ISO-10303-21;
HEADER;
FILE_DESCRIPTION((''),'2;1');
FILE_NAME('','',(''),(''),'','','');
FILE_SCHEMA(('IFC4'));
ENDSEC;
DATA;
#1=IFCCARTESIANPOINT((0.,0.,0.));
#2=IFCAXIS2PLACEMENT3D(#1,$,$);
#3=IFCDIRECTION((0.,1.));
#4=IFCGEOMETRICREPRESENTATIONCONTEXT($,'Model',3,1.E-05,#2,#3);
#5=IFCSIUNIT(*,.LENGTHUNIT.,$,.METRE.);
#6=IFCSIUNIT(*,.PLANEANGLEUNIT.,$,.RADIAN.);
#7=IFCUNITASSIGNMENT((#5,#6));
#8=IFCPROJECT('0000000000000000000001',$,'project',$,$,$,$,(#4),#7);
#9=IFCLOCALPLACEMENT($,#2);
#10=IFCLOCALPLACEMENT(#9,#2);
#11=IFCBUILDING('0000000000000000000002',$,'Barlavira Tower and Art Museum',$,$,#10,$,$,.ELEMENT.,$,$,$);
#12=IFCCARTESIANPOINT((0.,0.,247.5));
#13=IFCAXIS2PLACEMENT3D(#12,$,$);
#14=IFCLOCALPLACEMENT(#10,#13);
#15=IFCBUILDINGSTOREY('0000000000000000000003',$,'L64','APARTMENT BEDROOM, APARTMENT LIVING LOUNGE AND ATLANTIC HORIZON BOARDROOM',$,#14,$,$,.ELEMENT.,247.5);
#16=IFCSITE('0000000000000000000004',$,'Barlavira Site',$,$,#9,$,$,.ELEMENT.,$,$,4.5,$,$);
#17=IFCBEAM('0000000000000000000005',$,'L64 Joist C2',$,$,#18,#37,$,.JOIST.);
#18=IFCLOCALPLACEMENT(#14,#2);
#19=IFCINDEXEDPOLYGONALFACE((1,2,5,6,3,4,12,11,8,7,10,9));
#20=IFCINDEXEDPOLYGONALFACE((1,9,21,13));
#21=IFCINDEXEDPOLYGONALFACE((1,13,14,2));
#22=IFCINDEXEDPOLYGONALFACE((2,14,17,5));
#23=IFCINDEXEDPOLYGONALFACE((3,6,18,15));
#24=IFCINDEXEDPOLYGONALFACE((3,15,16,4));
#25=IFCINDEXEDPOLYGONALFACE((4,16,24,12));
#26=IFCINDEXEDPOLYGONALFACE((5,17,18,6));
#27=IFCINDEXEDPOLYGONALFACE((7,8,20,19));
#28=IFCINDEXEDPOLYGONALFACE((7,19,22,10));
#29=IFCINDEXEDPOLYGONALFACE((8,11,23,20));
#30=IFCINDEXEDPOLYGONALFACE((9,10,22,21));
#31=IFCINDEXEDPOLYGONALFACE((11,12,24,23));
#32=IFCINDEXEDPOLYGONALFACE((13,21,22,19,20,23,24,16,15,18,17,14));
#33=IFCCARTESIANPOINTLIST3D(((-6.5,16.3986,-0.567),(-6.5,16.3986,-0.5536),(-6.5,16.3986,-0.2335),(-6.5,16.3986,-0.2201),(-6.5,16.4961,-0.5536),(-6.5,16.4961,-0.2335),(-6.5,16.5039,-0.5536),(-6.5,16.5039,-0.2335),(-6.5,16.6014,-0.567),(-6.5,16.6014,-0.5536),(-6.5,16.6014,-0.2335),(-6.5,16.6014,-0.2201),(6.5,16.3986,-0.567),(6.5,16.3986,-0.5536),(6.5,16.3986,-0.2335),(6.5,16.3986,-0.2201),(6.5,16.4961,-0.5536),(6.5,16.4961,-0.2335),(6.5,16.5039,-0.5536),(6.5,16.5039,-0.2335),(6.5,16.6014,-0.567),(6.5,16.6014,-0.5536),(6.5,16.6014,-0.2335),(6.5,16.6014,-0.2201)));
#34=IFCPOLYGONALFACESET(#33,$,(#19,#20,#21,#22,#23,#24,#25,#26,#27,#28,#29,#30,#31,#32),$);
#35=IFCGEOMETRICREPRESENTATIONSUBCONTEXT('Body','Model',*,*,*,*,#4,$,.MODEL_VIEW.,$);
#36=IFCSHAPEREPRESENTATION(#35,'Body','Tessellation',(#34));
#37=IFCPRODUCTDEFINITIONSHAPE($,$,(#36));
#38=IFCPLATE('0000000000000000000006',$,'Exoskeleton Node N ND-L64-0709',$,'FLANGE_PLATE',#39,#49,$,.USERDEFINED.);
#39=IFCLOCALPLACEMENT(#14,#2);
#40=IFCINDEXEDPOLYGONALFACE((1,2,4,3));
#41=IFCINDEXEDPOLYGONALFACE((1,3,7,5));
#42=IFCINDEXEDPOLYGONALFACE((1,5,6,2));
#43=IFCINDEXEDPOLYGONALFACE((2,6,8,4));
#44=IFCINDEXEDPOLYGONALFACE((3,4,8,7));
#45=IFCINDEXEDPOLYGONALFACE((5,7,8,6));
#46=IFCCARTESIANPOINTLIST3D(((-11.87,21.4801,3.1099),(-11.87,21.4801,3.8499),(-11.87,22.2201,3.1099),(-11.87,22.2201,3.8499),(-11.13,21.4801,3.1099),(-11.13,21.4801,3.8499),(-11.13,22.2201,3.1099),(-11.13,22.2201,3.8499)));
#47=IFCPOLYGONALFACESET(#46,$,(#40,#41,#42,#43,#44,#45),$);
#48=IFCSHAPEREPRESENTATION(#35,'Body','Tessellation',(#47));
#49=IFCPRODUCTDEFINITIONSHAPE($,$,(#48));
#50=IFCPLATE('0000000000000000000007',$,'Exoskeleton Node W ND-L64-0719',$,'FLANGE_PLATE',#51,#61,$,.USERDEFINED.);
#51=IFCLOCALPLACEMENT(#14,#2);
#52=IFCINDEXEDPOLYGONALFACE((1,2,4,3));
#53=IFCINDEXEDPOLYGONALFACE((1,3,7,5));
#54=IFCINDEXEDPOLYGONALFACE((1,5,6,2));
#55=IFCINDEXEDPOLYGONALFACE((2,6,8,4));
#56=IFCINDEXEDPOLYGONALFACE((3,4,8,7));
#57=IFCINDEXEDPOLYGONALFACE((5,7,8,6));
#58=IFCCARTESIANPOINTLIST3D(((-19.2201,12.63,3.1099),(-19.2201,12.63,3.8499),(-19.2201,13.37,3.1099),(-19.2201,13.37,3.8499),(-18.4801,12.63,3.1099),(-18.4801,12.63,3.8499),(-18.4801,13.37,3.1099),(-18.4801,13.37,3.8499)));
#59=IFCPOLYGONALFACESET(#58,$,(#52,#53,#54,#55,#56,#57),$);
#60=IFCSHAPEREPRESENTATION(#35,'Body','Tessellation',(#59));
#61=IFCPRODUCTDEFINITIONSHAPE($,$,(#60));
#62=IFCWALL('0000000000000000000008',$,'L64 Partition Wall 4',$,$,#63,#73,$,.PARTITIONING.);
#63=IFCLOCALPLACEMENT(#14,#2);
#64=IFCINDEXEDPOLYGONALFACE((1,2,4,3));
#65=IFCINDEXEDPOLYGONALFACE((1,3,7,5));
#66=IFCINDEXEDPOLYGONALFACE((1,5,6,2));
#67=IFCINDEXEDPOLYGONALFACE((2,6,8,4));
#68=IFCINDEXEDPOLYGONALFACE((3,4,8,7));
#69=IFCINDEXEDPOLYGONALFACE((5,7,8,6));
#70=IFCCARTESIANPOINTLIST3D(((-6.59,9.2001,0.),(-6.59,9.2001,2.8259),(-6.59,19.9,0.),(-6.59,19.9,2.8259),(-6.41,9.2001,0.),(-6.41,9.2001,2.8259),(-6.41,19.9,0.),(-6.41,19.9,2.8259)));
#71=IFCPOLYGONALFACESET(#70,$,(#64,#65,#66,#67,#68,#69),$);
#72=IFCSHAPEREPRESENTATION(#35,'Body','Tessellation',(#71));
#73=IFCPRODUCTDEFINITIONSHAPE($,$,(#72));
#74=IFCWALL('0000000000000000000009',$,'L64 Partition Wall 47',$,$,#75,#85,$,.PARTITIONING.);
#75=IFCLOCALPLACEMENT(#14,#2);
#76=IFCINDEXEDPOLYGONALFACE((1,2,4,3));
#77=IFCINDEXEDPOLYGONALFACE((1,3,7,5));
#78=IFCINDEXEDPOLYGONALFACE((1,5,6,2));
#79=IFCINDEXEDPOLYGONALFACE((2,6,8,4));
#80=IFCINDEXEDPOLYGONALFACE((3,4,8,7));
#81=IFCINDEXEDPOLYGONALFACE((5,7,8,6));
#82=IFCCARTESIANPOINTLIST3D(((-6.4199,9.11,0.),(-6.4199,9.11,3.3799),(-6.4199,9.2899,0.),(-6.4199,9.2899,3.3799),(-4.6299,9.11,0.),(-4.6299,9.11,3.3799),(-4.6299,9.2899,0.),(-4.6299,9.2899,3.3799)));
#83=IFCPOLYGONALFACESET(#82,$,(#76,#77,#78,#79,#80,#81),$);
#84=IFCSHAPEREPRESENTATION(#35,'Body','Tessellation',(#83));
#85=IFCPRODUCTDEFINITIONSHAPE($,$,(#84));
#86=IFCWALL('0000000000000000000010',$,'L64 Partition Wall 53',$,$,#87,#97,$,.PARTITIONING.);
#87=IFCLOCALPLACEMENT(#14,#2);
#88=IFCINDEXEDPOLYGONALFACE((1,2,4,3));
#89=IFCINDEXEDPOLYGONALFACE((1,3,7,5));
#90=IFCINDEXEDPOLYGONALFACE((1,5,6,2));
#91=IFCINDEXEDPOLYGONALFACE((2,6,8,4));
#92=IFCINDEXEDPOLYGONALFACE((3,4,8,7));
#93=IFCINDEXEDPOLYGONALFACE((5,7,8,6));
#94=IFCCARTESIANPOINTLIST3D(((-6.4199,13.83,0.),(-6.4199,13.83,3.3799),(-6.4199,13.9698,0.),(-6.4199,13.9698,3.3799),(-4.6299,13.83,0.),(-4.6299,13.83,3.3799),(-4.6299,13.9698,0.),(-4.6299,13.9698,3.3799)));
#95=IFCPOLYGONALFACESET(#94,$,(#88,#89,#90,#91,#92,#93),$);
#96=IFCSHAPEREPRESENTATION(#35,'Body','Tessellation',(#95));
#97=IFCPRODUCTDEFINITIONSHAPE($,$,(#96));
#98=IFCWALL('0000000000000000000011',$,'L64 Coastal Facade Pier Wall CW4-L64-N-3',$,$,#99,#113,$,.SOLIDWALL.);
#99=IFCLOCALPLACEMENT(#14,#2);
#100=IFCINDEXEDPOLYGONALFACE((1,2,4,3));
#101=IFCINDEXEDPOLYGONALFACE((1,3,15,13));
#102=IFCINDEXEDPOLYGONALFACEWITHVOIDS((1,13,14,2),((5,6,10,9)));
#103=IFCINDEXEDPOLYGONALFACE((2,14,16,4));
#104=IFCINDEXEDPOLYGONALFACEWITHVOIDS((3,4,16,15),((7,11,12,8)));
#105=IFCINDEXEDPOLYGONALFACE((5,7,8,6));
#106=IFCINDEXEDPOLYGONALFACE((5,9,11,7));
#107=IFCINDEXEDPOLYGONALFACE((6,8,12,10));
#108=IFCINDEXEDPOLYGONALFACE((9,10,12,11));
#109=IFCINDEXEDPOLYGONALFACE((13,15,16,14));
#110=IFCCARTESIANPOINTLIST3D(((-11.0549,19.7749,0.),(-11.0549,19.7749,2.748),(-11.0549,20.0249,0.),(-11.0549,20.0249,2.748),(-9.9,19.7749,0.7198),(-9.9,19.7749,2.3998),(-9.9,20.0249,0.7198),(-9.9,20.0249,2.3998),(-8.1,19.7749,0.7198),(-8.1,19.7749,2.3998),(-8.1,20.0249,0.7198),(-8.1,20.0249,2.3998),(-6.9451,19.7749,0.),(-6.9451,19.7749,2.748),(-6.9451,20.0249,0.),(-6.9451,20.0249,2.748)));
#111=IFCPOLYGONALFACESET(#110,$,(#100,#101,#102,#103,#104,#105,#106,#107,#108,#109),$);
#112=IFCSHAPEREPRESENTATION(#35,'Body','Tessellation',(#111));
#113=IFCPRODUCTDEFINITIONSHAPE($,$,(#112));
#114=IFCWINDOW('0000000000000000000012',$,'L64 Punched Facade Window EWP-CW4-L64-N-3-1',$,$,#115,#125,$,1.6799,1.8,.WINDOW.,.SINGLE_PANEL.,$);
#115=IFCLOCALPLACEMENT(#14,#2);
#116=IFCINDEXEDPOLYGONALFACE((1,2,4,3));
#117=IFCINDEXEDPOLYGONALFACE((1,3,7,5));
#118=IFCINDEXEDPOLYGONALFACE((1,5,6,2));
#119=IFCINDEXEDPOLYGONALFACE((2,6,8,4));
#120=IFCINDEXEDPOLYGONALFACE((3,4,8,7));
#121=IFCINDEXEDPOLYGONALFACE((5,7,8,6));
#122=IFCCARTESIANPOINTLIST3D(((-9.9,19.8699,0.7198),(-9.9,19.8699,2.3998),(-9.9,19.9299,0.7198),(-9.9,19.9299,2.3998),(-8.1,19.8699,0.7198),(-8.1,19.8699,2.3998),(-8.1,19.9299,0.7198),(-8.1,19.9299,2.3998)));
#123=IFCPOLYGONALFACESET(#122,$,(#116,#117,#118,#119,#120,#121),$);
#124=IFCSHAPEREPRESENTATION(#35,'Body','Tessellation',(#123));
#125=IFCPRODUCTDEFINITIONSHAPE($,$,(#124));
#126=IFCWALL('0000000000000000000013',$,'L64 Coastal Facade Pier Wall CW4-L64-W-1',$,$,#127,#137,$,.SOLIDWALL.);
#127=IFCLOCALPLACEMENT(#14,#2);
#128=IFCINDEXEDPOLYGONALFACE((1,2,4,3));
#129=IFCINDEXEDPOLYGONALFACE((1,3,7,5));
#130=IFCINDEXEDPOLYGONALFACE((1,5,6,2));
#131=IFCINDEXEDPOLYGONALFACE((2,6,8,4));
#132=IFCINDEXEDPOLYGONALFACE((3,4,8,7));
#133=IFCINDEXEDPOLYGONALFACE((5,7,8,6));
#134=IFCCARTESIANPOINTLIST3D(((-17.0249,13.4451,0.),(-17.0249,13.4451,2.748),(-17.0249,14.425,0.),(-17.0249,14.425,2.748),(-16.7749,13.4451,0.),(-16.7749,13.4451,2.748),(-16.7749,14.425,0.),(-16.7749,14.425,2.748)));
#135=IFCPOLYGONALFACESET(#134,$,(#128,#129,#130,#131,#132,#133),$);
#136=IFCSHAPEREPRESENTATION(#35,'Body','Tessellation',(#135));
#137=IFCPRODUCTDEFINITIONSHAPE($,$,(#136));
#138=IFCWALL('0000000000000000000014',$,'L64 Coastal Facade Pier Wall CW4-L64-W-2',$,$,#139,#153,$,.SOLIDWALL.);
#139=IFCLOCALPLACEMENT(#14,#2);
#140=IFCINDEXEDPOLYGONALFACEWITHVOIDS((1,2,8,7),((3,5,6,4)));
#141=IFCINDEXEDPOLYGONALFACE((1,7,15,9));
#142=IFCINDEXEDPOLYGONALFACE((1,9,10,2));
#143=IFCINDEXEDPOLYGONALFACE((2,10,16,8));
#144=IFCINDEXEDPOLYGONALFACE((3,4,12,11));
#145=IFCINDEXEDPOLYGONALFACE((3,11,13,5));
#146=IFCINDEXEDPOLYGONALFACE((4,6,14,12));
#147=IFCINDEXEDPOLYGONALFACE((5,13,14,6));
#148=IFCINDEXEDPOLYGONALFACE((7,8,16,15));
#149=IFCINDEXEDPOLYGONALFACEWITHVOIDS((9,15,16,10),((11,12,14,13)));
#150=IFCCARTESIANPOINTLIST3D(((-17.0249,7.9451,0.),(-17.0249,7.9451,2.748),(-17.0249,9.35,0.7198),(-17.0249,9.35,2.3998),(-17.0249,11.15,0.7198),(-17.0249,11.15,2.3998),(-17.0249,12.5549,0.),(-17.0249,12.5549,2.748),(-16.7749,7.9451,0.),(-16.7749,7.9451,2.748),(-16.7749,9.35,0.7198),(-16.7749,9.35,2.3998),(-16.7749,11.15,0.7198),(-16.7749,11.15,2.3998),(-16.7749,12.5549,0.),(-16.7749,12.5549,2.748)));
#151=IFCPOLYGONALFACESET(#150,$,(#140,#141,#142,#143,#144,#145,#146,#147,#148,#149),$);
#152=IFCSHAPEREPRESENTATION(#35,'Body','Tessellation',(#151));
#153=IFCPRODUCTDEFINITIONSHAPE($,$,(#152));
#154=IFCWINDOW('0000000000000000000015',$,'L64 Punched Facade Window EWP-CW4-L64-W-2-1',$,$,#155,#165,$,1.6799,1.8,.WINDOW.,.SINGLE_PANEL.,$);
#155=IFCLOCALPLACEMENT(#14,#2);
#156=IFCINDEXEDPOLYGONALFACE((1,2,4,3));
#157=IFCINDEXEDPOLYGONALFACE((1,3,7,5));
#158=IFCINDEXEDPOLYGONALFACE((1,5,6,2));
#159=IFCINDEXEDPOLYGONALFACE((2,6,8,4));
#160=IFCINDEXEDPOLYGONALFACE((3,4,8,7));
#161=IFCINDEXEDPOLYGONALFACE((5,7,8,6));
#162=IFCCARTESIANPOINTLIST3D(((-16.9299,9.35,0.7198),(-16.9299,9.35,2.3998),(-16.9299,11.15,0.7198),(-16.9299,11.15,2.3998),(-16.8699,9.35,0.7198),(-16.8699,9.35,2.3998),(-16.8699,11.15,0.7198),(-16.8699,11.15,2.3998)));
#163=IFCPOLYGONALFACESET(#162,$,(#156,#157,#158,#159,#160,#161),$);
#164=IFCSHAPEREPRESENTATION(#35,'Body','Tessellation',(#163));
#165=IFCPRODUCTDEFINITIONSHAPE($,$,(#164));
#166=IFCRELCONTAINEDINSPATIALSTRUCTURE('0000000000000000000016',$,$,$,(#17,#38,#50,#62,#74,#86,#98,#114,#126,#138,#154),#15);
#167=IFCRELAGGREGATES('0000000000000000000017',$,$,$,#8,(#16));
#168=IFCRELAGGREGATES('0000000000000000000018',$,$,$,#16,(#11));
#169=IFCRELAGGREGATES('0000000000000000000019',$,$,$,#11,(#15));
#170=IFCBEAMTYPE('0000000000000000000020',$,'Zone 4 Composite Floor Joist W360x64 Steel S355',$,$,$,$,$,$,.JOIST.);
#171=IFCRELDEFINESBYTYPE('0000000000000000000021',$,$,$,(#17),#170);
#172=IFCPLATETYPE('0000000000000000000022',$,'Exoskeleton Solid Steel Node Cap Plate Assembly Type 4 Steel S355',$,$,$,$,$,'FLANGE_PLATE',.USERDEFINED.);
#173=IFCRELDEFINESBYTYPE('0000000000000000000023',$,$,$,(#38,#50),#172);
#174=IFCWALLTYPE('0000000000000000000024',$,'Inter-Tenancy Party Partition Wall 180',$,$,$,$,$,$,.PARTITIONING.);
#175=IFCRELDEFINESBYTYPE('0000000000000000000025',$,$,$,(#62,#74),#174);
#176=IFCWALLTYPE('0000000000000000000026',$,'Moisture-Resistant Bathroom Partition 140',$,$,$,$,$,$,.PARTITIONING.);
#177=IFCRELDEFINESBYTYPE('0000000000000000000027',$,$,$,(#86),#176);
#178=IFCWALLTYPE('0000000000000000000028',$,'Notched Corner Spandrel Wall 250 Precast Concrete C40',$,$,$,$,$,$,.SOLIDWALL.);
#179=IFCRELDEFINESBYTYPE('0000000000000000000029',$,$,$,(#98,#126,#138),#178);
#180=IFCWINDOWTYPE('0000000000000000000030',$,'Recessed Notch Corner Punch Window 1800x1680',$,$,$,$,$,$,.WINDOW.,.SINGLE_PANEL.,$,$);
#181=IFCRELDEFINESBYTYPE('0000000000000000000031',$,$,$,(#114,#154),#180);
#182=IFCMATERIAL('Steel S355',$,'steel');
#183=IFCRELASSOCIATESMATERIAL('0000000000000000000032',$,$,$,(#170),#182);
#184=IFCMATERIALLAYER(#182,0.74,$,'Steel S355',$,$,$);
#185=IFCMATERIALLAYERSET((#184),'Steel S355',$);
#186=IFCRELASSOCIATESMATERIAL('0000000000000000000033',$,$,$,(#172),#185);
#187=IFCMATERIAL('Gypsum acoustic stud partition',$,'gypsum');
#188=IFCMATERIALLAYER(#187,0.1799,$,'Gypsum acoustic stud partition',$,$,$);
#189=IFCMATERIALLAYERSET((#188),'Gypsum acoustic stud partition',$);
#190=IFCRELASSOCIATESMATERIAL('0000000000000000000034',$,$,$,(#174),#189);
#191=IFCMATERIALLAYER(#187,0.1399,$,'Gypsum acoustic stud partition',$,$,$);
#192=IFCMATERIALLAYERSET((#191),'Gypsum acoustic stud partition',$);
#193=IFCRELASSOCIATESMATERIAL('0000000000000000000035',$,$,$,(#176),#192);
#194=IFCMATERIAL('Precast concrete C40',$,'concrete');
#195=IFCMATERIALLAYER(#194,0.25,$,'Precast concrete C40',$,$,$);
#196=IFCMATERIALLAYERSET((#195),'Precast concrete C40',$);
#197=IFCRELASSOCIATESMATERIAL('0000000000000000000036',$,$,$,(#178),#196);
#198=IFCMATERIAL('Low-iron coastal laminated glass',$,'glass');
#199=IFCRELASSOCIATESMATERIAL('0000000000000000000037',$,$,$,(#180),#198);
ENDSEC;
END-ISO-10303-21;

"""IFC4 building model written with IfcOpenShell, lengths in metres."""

from ifc_helpers import new_model, si_unit, direction, frame, frame_2d, origin, origin_2d, place, context, subcontext, project, spatial, rectangle, i_section, extrude, material, layer, layer_set, material_profile, profile_set, type_object, element, fill, save


model = new_model("IFC4")

# Units and contexts
model_context = context("Model", 3, precision=1e-05, world=origin(), true_north=direction((0.0, 1.0)))
body_context = subcontext(model_context, "Body", "Model", "MODEL_VIEW")
ifc_project = project(units=[si_unit("LENGTHUNIT", "METRE"), si_unit("PLANEANGLEUNIT", "RADIAN")], contexts=[model_context])

# Site, building, storey
site_placement = place(None, origin())
site = spatial("IfcSite", under=ifc_project, at=site_placement, Name="Barlavira Site", CompositionType="ELEMENT", RefElevation=4.5)
building_placement = place(site_placement, origin())
building = spatial("IfcBuilding", under=site, at=building_placement, Name="Barlavira Tower and Art Museum", CompositionType="ELEMENT")
storey_placement = place(building_placement, frame((0.0, 0.0, 247.5)))
storey = spatial("IfcBuildingStorey", under=building, at=storey_placement, Name="L64", Description="APARTMENT BEDROOM, APARTMENT LIVING LOUNGE AND ATLANTIC HORIZON BOARDROOM", CompositionType="ELEMENT", Elevation=247.5)

# Beam
ifc_material_1 = material(Name="Steel S355", Category="steel")
ifc_material_profile_1 = material_profile(ifc_material_1, i_section(OverallWidth=0.2029, OverallDepth=0.3469, WebThickness=0.0078, FlangeThickness=0.0134, at=origin_2d()), Name="W360x64.0")
ifc_profile_set_1 = profile_set([ifc_material_profile_1], Name="Steel S355")
beam_type_1 = type_object("IfcBeamType", Name="Zone 4 Composite Floor Joist W360x64 Steel S355", PredefinedType="JOIST", material=ifc_profile_set_1)
beam_1_placement = place(storey_placement, frame((-6.5, 16.5, -0.3936), z_axis=(1.0, 0.0, 0.0), x_axis=(0.0, 1.0, 0.0)))
element("IfcBeam", 1, at=beam_1_placement, inside=storey, type_object=beam_type_1, Name="L64 Joist C2", PredefinedType="JOIST", context=body_context, shape_type="SweptSolid", body=[
    extrude(i_section(OverallWidth=0.2029, OverallDepth=0.3469, WebThickness=0.0078, FlangeThickness=0.0134, at=origin_2d()), origin(), (0.0, 0.0, 1.0), 13.0),
])

# Plates
ifc_layer_1 = layer(ifc_material_1, 0.74, Name="Steel S355")
ifc_layer_set_1 = layer_set([ifc_layer_1], Name="Steel S355")
plate_type = type_object("IfcPlateType", Name="Exoskeleton Solid Steel Node Cap Plate Assembly Type 4 Steel S355", ElementType="FLANGE_PLATE", PredefinedType="USERDEFINED", material=ifc_layer_set_1)
for number, where, z_axis, x_axis, name in (
    (2, (-11.5, 21.8501, 3.1099), (0.0, 0.0, 1.0), (1.0, 0.0, 0.0), "Exoskeleton Node N ND-L64-0709"),
    (3, (-18.8501, 13.0, 3.1099), (0.0, 0.0, 1.0), (1.0, 0.0, 0.0), "Exoskeleton Node W ND-L64-0719"),
):
    element("IfcPlate", number, at=place(storey_placement, frame(where, z_axis=z_axis, x_axis=x_axis)), inside=storey, type_object=plate_type, Name=name, ObjectType="FLANGE_PLATE", PredefinedType="USERDEFINED", context=body_context, shape_type="SweptSolid", body=[
        extrude(rectangle(XDim=0.74, YDim=0.74, at=origin_2d()), origin(), (0.0, 0.0, 1.0), 0.74),
    ])

# Walls
ifc_material_2 = material(Name="Gypsum acoustic stud partition", Category="gypsum")
ifc_layer_2 = layer(ifc_material_2, 0.1799, Name="Gypsum acoustic stud partition")
ifc_layer_set_2 = layer_set([ifc_layer_2], Name="Gypsum acoustic stud partition")
wall_type_1 = type_object("IfcWallType", Name="Inter-Tenancy Party Partition Wall 180", PredefinedType="PARTITIONING", material=ifc_layer_set_2)
wall_1_placement = place(storey_placement, frame((-6.5, 9.2, 0.0), z_axis=(0.0, 0.0, 1.0), x_axis=(0.0, 1.0, 0.0)))
element("IfcWall", 4, at=wall_1_placement, inside=storey, type_object=wall_type_1, Name="L64 Partition Wall 4", PredefinedType="PARTITIONING", context=body_context, shape_type="SweptSolid", body=[
    extrude(rectangle(XDim=10.7, YDim=0.1799, at=frame_2d((5.3501, 0.0))), origin(), (0.0, 0.0, 1.0), 2.8259),
])
wall_2_placement = place(storey_placement, frame((-6.4199, 9.2, 0.0), z_axis=(0.0, 0.0, 1.0), x_axis=(1.0, 0.0, 0.0)))
element("IfcWall", 5, at=wall_2_placement, inside=storey, type_object=wall_type_1, Name="L64 Partition Wall 47", PredefinedType="PARTITIONING", context=body_context, shape_type="SweptSolid", body=[
    extrude(rectangle(XDim=1.79, YDim=0.1799, at=frame_2d((0.895, 0.0))), origin(), (0.0, 0.0, 1.0), 3.3799),
])
ifc_layer_3 = layer(ifc_material_2, 0.1399, Name="Gypsum acoustic stud partition")
ifc_layer_set_3 = layer_set([ifc_layer_3], Name="Gypsum acoustic stud partition")
wall_type_2 = type_object("IfcWallType", Name="Moisture-Resistant Bathroom Partition 140", PredefinedType="PARTITIONING", material=ifc_layer_set_3)
wall_3_placement = place(storey_placement, frame((-6.4199, 13.8999, 0.0), z_axis=(0.0, 0.0, 1.0), x_axis=(1.0, 0.0, 0.0)))
element("IfcWall", 6, at=wall_3_placement, inside=storey, type_object=wall_type_2, Name="L64 Partition Wall 53", PredefinedType="PARTITIONING", context=body_context, shape_type="SweptSolid", body=[
    extrude(rectangle(XDim=1.79, YDim=0.1399, at=frame_2d((0.895, 0.0))), origin(), (0.0, 0.0, 1.0), 3.3799),
])

# Wall, opening, window
ifc_material_3 = material(Name="Precast concrete C40", Category="concrete")
ifc_layer_4 = layer(ifc_material_3, 0.25, Name="Precast concrete C40")
ifc_layer_set_4 = layer_set([ifc_layer_4], Name="Precast concrete C40")
wall_type_3 = type_object("IfcWallType", Name="Notched Corner Spandrel Wall 250 Precast Concrete C40", PredefinedType="SOLIDWALL", material=ifc_layer_set_4)
wall_4_placement = place(storey_placement, frame((-6.9451, 19.8999, 0.0), z_axis=(0.0, 0.0, 1.0), x_axis=(-1.0, 0.0, 0.0)))
wall_4 = element("IfcWall", 7, at=wall_4_placement, inside=storey, type_object=wall_type_3, Name="L64 Coastal Facade Pier Wall CW4-L64-N-3", PredefinedType="SOLIDWALL", context=body_context, shape_type="SweptSolid", body=[
    extrude(rectangle(XDim=4.1099, YDim=0.25, at=frame_2d((2.0549, 0.0))), origin(), (0.0, 0.0, 1.0), 2.748),
])
opening_1_placement = place(wall_4_placement, frame((1.155, 0.0, 0.72)))
opening_1 = element("IfcOpeningElement", 8, at=opening_1_placement, cuts=wall_4, PredefinedType="OPENING", context=body_context, shape_type="SweptSolid", body=[
    extrude(rectangle(XDim=1.8, YDim=1.6799, at=frame_2d((0.8999, 0.8398))), frame((0.0, 0.135, 0.0), z_axis=(0.0, -1.0, 0.0), x_axis=(1.0, 0.0, 0.0)), (0.0, 0.0, 1.0), 0.27),
])
ifc_material_4 = material(Name="Low-iron coastal laminated glass", Category="glass")
window_type = type_object("IfcWindowType", Name="Recessed Notch Corner Punch Window 1800x1680", PartitioningType="SINGLE_PANEL", PredefinedType="WINDOW", material=ifc_material_4)
window_1_placement = place(opening_1_placement, origin())
window_1 = element("IfcWindow", 9, at=window_1_placement, inside=storey, type_object=window_type, Name="L64 Punched Facade Window EWP-CW4-L64-N-3-1", OverallHeight=1.6799, OverallWidth=1.8, PartitioningType="SINGLE_PANEL", PredefinedType="WINDOW", context=body_context, shape_type="SweptSolid", body=[
    extrude(rectangle(XDim=1.8, YDim=1.6799, at=frame_2d((0.8999, 0.8398))), frame((0.0, 0.03, 0.0), z_axis=(0.0, -1.0, 0.0), x_axis=(1.0, 0.0, 0.0)), (0.0, 0.0, 1.0), 0.0601),
])
fill(opening_1, window_1)

# Wall
wall_5_placement = place(storey_placement, frame((-16.8999, 14.425, 0.0), z_axis=(0.0, 0.0, 1.0), x_axis=(0.0, -1.0, 0.0)))
element("IfcWall", 10, at=wall_5_placement, inside=storey, type_object=wall_type_3, Name="L64 Coastal Facade Pier Wall CW4-L64-W-1", PredefinedType="SOLIDWALL", context=body_context, shape_type="SweptSolid", body=[
    extrude(rectangle(XDim=0.98, YDim=0.25, at=frame_2d((0.49, 0.0))), origin(), (0.0, 0.0, 1.0), 2.748),
])

# Wall, opening, window
wall_6_placement = place(storey_placement, frame((-16.8999, 12.5549, 0.0), z_axis=(0.0, 0.0, 1.0), x_axis=(0.0, -1.0, 0.0)))
wall_6 = element("IfcWall", 11, at=wall_6_placement, inside=storey, type_object=wall_type_3, Name="L64 Coastal Facade Pier Wall CW4-L64-W-2", PredefinedType="SOLIDWALL", context=body_context, shape_type="SweptSolid", body=[
    extrude(rectangle(XDim=4.6099, YDim=0.25, at=frame_2d((2.3049, 0.0))), origin(), (0.0, 0.0, 1.0), 2.748),
])
opening_2_placement = place(wall_6_placement, frame((1.405, 0.0, 0.72)))
opening_2 = element("IfcOpeningElement", 12, at=opening_2_placement, cuts=wall_6, PredefinedType="OPENING", context=body_context, shape_type="SweptSolid", body=[
    extrude(rectangle(XDim=1.8, YDim=1.6799, at=frame_2d((0.8999, 0.8398))), frame((0.0, 0.135, 0.0), z_axis=(0.0, -1.0, 0.0), x_axis=(1.0, 0.0, 0.0)), (0.0, 0.0, 1.0), 0.27),
])
window_2_placement = place(opening_2_placement, origin())
window_2 = element("IfcWindow", 13, at=window_2_placement, inside=storey, type_object=window_type, Name="L64 Punched Facade Window EWP-CW4-L64-W-2-1", OverallHeight=1.6799, OverallWidth=1.8, PartitioningType="SINGLE_PANEL", PredefinedType="WINDOW", context=body_context, shape_type="SweptSolid", body=[
    extrude(rectangle(XDim=1.8, YDim=1.6799, at=frame_2d((0.8999, 0.8398))), frame((0.0, 0.03, 0.0), z_axis=(0.0, -1.0, 0.0), x_axis=(1.0, 0.0, 0.0)), (0.0, 0.0, 1.0), 0.0601),
])
fill(opening_2, window_2)

save(model, "model.ifc")
